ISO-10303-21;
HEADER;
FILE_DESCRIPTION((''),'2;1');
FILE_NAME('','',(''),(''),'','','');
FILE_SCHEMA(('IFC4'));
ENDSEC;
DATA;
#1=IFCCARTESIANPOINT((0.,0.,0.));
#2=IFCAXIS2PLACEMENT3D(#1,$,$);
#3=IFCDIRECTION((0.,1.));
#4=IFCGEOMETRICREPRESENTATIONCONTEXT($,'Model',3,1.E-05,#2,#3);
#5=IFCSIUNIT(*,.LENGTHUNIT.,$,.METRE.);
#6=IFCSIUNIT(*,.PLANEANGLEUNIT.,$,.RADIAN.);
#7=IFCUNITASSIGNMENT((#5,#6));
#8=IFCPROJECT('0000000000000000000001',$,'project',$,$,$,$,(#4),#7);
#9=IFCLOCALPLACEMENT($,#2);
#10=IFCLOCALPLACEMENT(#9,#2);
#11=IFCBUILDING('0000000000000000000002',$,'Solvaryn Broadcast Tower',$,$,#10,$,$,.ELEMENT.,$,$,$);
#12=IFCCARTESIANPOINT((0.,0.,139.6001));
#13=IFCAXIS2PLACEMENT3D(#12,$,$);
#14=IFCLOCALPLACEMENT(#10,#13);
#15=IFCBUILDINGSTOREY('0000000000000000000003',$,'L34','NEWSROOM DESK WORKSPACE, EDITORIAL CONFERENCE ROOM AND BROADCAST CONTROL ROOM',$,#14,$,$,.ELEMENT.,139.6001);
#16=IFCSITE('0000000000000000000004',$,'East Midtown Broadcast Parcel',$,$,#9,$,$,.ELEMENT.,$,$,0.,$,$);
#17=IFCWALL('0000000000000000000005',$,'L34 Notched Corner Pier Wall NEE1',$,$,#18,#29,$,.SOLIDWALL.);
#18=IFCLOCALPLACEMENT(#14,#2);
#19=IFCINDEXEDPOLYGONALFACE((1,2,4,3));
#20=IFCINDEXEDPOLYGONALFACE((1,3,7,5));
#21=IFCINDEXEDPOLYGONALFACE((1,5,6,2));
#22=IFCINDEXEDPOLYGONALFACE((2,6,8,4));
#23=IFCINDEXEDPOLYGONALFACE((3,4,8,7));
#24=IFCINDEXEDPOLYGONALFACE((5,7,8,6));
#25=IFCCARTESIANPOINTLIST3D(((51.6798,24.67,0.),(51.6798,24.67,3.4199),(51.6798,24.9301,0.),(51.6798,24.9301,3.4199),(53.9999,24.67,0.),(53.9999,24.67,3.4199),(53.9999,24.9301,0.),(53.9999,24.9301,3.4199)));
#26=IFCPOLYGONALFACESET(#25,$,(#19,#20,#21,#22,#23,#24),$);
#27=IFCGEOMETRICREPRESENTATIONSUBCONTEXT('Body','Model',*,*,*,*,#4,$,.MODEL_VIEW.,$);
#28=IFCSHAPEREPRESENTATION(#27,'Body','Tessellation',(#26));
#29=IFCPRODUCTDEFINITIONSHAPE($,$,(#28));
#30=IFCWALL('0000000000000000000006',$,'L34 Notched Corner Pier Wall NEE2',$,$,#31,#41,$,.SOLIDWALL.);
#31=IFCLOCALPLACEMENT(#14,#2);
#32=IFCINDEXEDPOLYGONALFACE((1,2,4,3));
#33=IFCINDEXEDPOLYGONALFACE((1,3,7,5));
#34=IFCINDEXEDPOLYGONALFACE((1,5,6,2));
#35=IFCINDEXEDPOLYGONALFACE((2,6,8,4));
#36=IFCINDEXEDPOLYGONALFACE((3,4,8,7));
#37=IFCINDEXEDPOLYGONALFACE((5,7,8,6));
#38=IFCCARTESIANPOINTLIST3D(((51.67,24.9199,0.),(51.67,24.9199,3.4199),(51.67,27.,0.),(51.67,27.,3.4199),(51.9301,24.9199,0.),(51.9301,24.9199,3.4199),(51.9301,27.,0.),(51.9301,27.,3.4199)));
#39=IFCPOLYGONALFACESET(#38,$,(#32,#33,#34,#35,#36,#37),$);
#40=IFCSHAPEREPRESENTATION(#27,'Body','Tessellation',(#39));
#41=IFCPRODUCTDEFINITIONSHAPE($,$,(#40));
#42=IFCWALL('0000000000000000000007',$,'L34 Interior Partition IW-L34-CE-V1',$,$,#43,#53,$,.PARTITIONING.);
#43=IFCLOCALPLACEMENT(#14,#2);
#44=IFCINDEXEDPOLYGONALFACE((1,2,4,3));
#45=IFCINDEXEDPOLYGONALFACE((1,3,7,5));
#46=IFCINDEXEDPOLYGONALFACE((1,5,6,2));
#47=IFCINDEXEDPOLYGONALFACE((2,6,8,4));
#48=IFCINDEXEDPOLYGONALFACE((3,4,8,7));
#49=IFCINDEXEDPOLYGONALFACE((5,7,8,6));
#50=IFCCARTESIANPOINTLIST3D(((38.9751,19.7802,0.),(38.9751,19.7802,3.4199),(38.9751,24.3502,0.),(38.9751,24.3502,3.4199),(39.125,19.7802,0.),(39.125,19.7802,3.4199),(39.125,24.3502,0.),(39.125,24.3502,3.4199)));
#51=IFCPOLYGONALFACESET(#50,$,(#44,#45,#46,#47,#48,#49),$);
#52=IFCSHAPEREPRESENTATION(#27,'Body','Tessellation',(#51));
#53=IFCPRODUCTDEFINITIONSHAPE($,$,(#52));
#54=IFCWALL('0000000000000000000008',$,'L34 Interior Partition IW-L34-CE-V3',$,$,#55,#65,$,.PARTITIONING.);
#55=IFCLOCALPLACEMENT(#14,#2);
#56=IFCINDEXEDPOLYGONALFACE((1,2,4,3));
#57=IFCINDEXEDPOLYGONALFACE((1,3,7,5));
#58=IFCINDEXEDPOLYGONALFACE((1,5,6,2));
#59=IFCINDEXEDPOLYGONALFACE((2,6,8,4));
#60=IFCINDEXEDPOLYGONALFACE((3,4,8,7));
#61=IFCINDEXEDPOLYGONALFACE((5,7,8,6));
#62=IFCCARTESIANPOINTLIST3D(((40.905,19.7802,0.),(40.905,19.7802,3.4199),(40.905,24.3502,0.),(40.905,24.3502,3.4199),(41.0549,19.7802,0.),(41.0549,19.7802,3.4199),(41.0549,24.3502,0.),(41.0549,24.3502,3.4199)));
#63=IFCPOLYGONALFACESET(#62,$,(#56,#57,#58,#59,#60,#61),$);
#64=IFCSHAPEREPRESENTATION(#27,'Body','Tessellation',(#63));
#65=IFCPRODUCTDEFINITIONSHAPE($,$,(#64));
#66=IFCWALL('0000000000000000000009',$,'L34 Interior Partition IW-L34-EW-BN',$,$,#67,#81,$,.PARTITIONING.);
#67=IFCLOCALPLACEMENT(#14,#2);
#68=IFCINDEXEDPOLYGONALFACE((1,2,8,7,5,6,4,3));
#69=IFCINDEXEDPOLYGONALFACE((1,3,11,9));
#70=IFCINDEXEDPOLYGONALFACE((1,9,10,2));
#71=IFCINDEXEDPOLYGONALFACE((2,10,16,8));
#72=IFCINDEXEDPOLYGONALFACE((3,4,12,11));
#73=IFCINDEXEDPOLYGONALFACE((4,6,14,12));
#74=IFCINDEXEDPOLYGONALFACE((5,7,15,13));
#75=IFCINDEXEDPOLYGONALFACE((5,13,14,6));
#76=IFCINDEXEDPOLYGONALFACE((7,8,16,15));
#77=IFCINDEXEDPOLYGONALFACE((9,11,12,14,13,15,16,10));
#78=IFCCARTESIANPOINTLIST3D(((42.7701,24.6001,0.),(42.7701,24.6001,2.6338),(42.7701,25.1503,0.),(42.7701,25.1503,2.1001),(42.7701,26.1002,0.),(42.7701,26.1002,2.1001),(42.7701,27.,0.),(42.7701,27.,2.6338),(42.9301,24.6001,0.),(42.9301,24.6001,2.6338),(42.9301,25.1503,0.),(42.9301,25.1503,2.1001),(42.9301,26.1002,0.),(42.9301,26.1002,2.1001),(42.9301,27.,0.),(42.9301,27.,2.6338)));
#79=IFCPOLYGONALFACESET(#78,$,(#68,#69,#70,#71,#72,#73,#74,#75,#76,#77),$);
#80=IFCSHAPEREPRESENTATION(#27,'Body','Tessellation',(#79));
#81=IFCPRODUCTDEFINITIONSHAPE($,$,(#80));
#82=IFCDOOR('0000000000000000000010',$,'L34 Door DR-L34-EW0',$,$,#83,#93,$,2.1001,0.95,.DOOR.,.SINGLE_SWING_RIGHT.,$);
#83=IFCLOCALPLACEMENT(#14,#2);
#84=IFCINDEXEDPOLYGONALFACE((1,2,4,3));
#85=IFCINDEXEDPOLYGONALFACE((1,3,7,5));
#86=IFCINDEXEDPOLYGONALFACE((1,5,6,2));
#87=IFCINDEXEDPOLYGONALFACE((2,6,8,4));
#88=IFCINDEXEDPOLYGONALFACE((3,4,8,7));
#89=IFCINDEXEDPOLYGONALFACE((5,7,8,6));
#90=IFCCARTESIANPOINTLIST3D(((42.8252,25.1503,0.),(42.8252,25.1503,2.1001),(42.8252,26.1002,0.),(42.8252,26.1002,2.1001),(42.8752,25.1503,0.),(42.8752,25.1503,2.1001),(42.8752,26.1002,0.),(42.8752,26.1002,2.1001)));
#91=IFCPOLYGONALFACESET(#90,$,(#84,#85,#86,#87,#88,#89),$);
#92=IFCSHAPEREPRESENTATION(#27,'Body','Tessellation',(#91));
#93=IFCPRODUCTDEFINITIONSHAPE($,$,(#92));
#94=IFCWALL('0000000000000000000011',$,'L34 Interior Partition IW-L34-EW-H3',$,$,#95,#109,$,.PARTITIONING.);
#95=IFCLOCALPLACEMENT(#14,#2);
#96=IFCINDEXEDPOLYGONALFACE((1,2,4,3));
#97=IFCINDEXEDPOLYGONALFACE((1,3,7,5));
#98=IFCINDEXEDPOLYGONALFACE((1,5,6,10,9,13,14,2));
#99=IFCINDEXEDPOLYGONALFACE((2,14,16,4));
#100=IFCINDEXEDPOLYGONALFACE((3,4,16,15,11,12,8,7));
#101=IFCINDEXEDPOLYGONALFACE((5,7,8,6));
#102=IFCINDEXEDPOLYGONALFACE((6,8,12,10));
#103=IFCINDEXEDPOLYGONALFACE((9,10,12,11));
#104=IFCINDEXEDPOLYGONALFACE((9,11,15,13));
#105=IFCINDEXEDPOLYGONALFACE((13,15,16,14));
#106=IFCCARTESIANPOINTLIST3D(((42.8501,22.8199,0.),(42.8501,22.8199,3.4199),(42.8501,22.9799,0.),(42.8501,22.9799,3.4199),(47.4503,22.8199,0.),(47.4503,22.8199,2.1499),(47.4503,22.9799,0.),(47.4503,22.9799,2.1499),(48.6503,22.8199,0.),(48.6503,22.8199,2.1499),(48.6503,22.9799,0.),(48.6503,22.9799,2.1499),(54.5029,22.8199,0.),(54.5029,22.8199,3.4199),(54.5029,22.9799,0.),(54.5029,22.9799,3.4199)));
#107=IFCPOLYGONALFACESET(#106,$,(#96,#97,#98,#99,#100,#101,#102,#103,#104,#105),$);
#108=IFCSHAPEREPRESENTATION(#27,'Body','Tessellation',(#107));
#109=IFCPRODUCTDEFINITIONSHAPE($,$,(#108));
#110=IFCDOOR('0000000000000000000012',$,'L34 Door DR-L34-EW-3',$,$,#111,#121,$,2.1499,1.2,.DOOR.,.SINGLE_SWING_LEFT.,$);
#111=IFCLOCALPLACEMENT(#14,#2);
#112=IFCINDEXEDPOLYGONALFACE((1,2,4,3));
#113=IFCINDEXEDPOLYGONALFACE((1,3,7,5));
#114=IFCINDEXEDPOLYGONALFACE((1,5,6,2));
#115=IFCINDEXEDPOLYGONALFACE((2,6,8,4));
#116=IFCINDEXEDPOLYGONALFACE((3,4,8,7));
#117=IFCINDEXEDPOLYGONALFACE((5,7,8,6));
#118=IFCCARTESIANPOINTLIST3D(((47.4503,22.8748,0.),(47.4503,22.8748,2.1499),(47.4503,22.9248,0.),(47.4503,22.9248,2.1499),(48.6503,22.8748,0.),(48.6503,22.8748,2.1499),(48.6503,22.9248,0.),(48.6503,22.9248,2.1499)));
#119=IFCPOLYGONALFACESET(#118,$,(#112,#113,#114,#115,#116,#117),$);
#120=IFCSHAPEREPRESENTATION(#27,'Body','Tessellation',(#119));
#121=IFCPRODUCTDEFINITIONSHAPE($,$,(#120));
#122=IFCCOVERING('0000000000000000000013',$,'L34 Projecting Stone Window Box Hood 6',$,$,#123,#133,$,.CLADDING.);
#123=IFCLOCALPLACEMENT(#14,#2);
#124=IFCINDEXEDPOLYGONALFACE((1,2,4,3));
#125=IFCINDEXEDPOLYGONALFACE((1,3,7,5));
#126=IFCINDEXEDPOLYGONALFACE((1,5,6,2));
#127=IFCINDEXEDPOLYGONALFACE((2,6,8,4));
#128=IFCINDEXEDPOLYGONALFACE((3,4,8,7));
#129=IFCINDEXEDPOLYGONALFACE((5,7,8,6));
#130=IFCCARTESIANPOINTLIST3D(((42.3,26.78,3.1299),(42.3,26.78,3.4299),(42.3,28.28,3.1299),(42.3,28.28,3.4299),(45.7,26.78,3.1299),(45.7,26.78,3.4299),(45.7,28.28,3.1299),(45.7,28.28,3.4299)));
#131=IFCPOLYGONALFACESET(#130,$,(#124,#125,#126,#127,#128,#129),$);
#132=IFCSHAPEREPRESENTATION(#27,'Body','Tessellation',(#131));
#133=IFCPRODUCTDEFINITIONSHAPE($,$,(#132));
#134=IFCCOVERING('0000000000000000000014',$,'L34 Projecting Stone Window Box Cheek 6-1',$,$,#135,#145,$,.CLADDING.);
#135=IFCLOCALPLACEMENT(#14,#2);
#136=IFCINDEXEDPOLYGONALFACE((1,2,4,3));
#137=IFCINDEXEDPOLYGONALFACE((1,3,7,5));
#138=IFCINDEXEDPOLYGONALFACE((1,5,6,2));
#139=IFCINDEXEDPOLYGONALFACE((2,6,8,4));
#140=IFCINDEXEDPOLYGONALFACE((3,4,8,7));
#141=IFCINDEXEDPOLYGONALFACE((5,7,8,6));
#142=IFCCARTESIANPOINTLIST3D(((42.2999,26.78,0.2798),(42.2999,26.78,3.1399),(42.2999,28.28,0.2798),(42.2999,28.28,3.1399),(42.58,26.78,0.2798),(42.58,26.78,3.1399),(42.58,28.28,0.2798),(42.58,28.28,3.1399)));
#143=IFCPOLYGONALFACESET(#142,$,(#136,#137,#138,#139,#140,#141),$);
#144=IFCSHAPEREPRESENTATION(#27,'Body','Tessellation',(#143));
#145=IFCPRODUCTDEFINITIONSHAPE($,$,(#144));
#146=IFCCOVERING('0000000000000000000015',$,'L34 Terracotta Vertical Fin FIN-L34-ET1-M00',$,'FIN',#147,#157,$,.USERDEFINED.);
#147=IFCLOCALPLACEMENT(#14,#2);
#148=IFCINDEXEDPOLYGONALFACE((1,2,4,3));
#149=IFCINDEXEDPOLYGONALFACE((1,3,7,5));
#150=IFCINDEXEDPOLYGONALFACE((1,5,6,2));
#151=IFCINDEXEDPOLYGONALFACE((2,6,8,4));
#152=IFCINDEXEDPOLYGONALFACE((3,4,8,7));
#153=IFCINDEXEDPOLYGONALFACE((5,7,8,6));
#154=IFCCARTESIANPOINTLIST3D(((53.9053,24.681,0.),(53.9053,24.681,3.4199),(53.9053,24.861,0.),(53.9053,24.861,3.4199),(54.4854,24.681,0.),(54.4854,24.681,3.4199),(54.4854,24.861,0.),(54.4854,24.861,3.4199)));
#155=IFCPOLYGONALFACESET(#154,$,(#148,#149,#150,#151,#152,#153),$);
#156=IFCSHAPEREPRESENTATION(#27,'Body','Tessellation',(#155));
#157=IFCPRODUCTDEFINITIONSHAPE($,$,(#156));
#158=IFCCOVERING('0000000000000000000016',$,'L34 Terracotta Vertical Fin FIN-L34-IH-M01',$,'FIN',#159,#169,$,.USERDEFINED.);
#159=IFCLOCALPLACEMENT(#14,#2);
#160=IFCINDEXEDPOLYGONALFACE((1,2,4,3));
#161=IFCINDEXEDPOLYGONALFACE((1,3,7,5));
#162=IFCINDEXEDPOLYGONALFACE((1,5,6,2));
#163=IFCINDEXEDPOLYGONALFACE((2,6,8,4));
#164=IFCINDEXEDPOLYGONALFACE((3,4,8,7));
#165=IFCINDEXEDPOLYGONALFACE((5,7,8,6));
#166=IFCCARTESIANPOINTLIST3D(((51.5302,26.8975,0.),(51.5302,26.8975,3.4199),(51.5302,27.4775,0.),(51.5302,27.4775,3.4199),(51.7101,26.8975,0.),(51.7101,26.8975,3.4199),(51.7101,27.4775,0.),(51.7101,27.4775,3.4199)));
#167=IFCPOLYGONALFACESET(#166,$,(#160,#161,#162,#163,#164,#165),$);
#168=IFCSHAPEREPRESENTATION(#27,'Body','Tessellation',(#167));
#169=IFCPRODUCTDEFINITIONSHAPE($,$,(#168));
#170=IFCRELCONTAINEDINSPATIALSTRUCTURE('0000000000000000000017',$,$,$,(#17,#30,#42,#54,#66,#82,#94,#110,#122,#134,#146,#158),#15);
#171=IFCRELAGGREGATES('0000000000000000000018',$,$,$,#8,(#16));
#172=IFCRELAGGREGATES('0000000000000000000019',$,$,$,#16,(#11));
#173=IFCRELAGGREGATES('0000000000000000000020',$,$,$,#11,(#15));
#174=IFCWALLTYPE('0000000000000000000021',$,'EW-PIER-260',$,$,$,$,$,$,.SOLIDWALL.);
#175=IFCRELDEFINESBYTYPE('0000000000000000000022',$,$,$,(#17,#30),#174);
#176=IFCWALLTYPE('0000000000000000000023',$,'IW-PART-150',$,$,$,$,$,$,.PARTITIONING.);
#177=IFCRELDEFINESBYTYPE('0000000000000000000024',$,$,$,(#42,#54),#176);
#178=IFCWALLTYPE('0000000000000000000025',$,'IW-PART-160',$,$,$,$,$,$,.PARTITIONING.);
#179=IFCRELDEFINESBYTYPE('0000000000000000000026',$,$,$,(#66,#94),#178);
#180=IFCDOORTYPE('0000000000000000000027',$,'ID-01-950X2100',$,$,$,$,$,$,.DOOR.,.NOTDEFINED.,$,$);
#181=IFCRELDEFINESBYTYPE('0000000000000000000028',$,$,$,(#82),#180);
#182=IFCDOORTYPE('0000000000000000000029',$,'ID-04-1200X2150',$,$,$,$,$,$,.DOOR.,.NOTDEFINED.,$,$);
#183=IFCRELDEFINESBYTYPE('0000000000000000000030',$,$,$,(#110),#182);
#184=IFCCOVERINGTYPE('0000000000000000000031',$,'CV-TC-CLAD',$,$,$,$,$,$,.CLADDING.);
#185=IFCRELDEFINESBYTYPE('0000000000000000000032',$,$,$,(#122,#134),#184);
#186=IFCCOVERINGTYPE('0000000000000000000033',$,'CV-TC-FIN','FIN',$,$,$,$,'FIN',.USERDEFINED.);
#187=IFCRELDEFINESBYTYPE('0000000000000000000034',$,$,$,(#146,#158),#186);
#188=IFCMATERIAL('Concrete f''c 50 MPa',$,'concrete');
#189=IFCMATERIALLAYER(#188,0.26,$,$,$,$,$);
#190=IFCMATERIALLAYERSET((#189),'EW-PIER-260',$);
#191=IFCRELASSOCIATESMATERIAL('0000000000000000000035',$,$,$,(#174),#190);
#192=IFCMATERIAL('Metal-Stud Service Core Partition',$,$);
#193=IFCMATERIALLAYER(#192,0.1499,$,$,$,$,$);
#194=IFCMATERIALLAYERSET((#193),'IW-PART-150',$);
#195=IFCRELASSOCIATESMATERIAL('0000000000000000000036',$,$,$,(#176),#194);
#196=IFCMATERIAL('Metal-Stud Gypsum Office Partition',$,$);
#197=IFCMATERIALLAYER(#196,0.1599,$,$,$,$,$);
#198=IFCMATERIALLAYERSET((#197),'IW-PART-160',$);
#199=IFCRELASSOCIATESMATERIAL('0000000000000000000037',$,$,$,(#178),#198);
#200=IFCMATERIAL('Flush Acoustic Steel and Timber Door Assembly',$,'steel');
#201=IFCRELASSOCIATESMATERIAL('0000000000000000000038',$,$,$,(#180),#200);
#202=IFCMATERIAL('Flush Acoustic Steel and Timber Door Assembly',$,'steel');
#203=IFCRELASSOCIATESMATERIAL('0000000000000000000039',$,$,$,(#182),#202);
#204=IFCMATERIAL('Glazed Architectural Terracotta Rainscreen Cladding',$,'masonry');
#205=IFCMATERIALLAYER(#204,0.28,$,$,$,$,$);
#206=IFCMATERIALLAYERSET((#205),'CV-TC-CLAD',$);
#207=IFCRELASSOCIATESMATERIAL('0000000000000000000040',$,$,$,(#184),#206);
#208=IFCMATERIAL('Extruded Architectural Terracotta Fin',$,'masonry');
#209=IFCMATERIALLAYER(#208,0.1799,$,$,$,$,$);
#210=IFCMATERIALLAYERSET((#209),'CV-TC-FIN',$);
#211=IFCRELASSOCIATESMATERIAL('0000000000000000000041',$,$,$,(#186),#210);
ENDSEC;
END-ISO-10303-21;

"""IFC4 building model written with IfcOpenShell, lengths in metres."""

from ifc_helpers import new_model, si_unit, direction, frame, frame_2d, origin, origin_2d, place, context, subcontext, project, spatial, rectangle, extrude, material, layer, layer_set, type_object, element, fill, save


model = new_model("IFC4")

# Units and contexts
model_context = context("Model", 3, precision=1e-05, world=origin(), true_north=direction((0.0, 1.0)))
body_context = subcontext(model_context, "Body", "Model", "MODEL_VIEW")
ifc_project = project(units=[si_unit("LENGTHUNIT", "METRE"), si_unit("PLANEANGLEUNIT", "RADIAN")], contexts=[model_context])

# Site, building, storey
site_placement = place(None, origin())
site = spatial("IfcSite", under=ifc_project, at=site_placement, Name="East Midtown Broadcast Parcel", CompositionType="ELEMENT", RefElevation=0.0)
building_placement = place(site_placement, origin())
building = spatial("IfcBuilding", under=site, at=building_placement, Name="Solvaryn Broadcast Tower", CompositionType="ELEMENT")
storey_placement = place(building_placement, frame((0.0, 0.0, 139.6001)))
storey = spatial("IfcBuildingStorey", under=building, at=storey_placement, Name="L34", Description="NEWSROOM DESK WORKSPACE, EDITORIAL CONFERENCE ROOM AND BROADCAST CONTROL ROOM", CompositionType="ELEMENT", Elevation=139.6001)

# Walls
ifc_material_1 = material(Name="Concrete f'c 50 MPa", Category="concrete")
ifc_layer_1 = layer(ifc_material_1, 0.26)
ifc_layer_set_1 = layer_set([ifc_layer_1], Name="EW-PIER-260")
wall_type_1 = type_object("IfcWallType", Name="EW-PIER-260", PredefinedType="SOLIDWALL", material=ifc_layer_set_1)
wall_1_placement = place(storey_placement, frame((54.0, 24.8, 0.0), z_axis=(0.0, 0.0, 1.0), x_axis=(-1.0, 0.0, 0.0)))
element("IfcWall", 1, at=wall_1_placement, inside=storey, type_object=wall_type_1, Name="L34 Notched Corner Pier Wall NEE1", PredefinedType="SOLIDWALL", context=body_context, shape_type="SweptSolid", body=[
    extrude(rectangle(XDim=2.3201, YDim=0.26, at=frame_2d((1.1602, 0.0))), origin(), (0.0, 0.0, 1.0), 3.4199),
])
wall_2_placement = place(storey_placement, frame((51.8, 24.9199, 0.0), z_axis=(0.0, 0.0, 1.0), x_axis=(0.0, 1.0, 0.0)))
element("IfcWall", 2, at=wall_2_placement, inside=storey, type_object=wall_type_1, Name="L34 Notched Corner Pier Wall NEE2", PredefinedType="SOLIDWALL", context=body_context, shape_type="SweptSolid", body=[
    extrude(rectangle(XDim=2.0801, YDim=0.26, at=frame_2d((1.04, 0.0))), origin(), (0.0, 0.0, 1.0), 3.4199),
])
ifc_material_2 = material(Name="Metal-Stud Service Core Partition")
ifc_layer_2 = layer(ifc_material_2, 0.1499)
ifc_layer_set_2 = layer_set([ifc_layer_2], Name="IW-PART-150")
wall_type_2 = type_object("IfcWallType", Name="IW-PART-150", PredefinedType="PARTITIONING", material=ifc_layer_set_2)
for number, where, z_axis, x_axis, name in (
    (3, (39.05, 19.78, 0.0), (0.0, 0.0, 1.0), (0.0, 1.0, 0.0), "L34 Interior Partition IW-L34-CE-V1"),
    (4, (40.98, 19.78, 0.0), (0.0, 0.0, 1.0), (0.0, 1.0, 0.0), "L34 Interior Partition IW-L34-CE-V3"),
):
    element("IfcWall", number, at=place(storey_placement, frame(where, z_axis=z_axis, x_axis=x_axis)), inside=storey, type_object=wall_type_2, Name=name, PredefinedType="PARTITIONING", context=body_context, shape_type="SweptSolid", body=[
        extrude(rectangle(XDim=4.5701, YDim=0.1499, at=frame_2d((2.2852, 0.0))), origin(), (0.0, 0.0, 1.0), 3.4199),
    ])

# Walls, openings, doors
ifc_material_3 = material(Name="Metal-Stud Gypsum Office Partition")
ifc_layer_3 = layer(ifc_material_3, 0.1599)
ifc_layer_set_3 = layer_set([ifc_layer_3], Name="IW-PART-160")
wall_type_3 = type_object("IfcWallType", Name="IW-PART-160", PredefinedType="PARTITIONING", material=ifc_layer_set_3)
wall_3_placement = place(storey_placement, frame((42.8501, 24.6001, 0.0), z_axis=(0.0, 0.0, 1.0), x_axis=(0.0, 1.0, 0.0)))
wall_3 = element("IfcWall", 5, at=wall_3_placement, inside=storey, type_object=wall_type_3, Name="L34 Interior Partition IW-L34-EW-BN", PredefinedType="PARTITIONING", context=body_context, shape_type="SweptSolid", body=[
    extrude(rectangle(XDim=2.3999, YDim=0.1599, at=frame_2d((1.2, 0.0))), origin(), (0.0, 0.0, 1.0), 2.6338),
])
opening_1_placement = place(wall_3_placement, frame((0.55, 0.0, 0.0)))
opening_1 = element("IfcOpeningElement", 6, at=opening_1_placement, cuts=wall_3, PredefinedType="OPENING", context=body_context, shape_type="SweptSolid", body=[
    extrude(rectangle(XDim=0.95, YDim=2.1001, at=frame_2d((0.4751, 1.05))), frame((0.0, 0.0901, 0.0), z_axis=(0.0, -1.0, 0.0), x_axis=(1.0, 0.0, 0.0)), (0.0, 0.0, 1.0), 0.1799),
])
ifc_material_4 = material(Name="Flush Acoustic Steel and Timber Door Assembly", Category="steel")
door_type_1 = type_object("IfcDoorType", Name="ID-01-950X2100", OperationType="NOTDEFINED", PredefinedType="DOOR", material=ifc_material_4)
door_1_placement = place(opening_1_placement, origin())
door_1 = element("IfcDoor", 7, at=door_1_placement, inside=storey, type_object=door_type_1, Name="L34 Door DR-L34-EW0", OperationType="SINGLE_SWING_RIGHT", OverallHeight=2.1001, OverallWidth=0.95, PredefinedType="DOOR", context=body_context, shape_type="SweptSolid", body=[
    extrude(rectangle(XDim=0.95, YDim=2.1001, at=frame_2d((0.4751, 1.05))), frame((0.0, 0.0249, 0.0), z_axis=(0.0, -1.0, 0.0), x_axis=(1.0, 0.0, 0.0)), (0.0, 0.0, 1.0), 0.05),
])
fill(opening_1, door_1)
wall_4_placement = place(storey_placement, frame((42.8501, 22.8999, 0.0), z_axis=(0.0, 0.0, 1.0), x_axis=(1.0, 0.0, 0.0)))
wall_4 = element("IfcWall", 8, at=wall_4_placement, inside=storey, type_object=wall_type_3, Name="L34 Interior Partition IW-L34-EW-H3", PredefinedType="PARTITIONING", context=body_context, shape_type="SweptSolid", body=[
    extrude(rectangle(XDim=11.6528, YDim=0.1599, at=frame_2d((5.8264, 0.0))), origin(), (0.0, 0.0, 1.0), 3.4199),
])
opening_2_placement = place(wall_4_placement, frame((4.6001, 0.0, 0.0)))
opening_2 = element("IfcOpeningElement", 9, at=opening_2_placement, cuts=wall_4, PredefinedType="OPENING", context=body_context, shape_type="SweptSolid", body=[
    extrude(rectangle(XDim=1.2, YDim=2.1499, at=frame_2d((0.6001, 1.075))), frame((0.0, 0.0901, 0.0), z_axis=(0.0, -1.0, 0.0), x_axis=(1.0, 0.0, 0.0)), (0.0, 0.0, 1.0), 0.1799),
])
ifc_material_5 = material(Name="Flush Acoustic Steel and Timber Door Assembly", Category="steel")
door_type_2 = type_object("IfcDoorType", Name="ID-04-1200X2150", OperationType="NOTDEFINED", PredefinedType="DOOR", material=ifc_material_5)
door_2_placement = place(opening_2_placement, origin())
door_2 = element("IfcDoor", 10, at=door_2_placement, inside=storey, type_object=door_type_2, Name="L34 Door DR-L34-EW-3", OperationType="SINGLE_SWING_LEFT", OverallHeight=2.1499, OverallWidth=1.2, PredefinedType="DOOR", context=body_context, shape_type="SweptSolid", body=[
    extrude(rectangle(XDim=1.2, YDim=2.1499, at=frame_2d((0.6001, 1.075))), frame((0.0, 0.0249, 0.0), z_axis=(0.0, -1.0, 0.0), x_axis=(1.0, 0.0, 0.0)), (0.0, 0.0, 1.0), 0.05),
])
fill(opening_2, door_2)

# Coverings
ifc_material_6 = material(Name="Glazed Architectural Terracotta Rainscreen Cladding", Category="masonry")
ifc_layer_4 = layer(ifc_material_6, 0.28)
ifc_layer_set_4 = layer_set([ifc_layer_4], Name="CV-TC-CLAD")
covering_type_1 = type_object("IfcCoveringType", Name="CV-TC-CLAD", PredefinedType="CLADDING", material=ifc_layer_set_4)
covering_1_placement = place(storey_placement, frame((44.0, 27.53, 3.1299), z_axis=(0.0, 0.0, 1.0), x_axis=(1.0, 0.0, 0.0)))
element("IfcCovering", 11, at=covering_1_placement, inside=storey, type_object=covering_type_1, Name="L34 Projecting Stone Window Box Hood 6", PredefinedType="CLADDING", context=body_context, shape_type="SweptSolid", body=[
    extrude(rectangle(XDim=3.3999, YDim=1.5, at=origin_2d()), origin(), (0.0, 0.0, 1.0), 0.3),
])
covering_2_placement = place(storey_placement, frame((42.4399, 27.53, 0.2798), z_axis=(0.0, 0.0, 1.0), x_axis=(1.0, 0.0, 0.0)))
element("IfcCovering", 12, at=covering_2_placement, inside=storey, type_object=covering_type_1, Name="L34 Projecting Stone Window Box Cheek 6-1", PredefinedType="CLADDING", context=body_context, shape_type="SweptSolid", body=[
    extrude(rectangle(XDim=0.28, YDim=1.5, at=origin_2d()), origin(), (0.0, 0.0, 1.0), 2.8601),
])
ifc_material_7 = material(Name="Extruded Architectural Terracotta Fin", Category="masonry")
ifc_layer_5 = layer(ifc_material_7, 0.1799)
ifc_layer_set_5 = layer_set([ifc_layer_5], Name="CV-TC-FIN")
covering_type_2 = type_object("IfcCoveringType", Name="CV-TC-FIN", Description="FIN", ElementType="FIN", PredefinedType="USERDEFINED", material=ifc_layer_set_5)
covering_3_placement = place(storey_placement, frame((54.1953, 24.771, 0.0), z_axis=(0.0, 0.0, 1.0), x_axis=(1.0, 0.0, 0.0)))
element("IfcCovering", 13, at=covering_3_placement, inside=storey, type_object=covering_type_2, Name="L34 Terracotta Vertical Fin FIN-L34-ET1-M00", ObjectType="FIN", PredefinedType="USERDEFINED", context=body_context, shape_type="SweptSolid", body=[
    extrude(rectangle(XDim=0.5801, YDim=0.1799, at=origin_2d()), origin(), (0.0, 0.0, 1.0), 3.4199),
])
covering_4_placement = place(storey_placement, frame((51.6201, 27.1875, 0.0), z_axis=(0.0, 0.0, 1.0), x_axis=(1.0, 0.0, 0.0)))
element("IfcCovering", 14, at=covering_4_placement, inside=storey, type_object=covering_type_2, Name="L34 Terracotta Vertical Fin FIN-L34-IH-M01", ObjectType="FIN", PredefinedType="USERDEFINED", context=body_context, shape_type="SweptSolid", body=[
    extrude(rectangle(XDim=0.1799, YDim=0.5801, at=origin_2d()), origin(), (0.0, 0.0, 1.0), 3.4199),
])

save(model, "model.ifc")
